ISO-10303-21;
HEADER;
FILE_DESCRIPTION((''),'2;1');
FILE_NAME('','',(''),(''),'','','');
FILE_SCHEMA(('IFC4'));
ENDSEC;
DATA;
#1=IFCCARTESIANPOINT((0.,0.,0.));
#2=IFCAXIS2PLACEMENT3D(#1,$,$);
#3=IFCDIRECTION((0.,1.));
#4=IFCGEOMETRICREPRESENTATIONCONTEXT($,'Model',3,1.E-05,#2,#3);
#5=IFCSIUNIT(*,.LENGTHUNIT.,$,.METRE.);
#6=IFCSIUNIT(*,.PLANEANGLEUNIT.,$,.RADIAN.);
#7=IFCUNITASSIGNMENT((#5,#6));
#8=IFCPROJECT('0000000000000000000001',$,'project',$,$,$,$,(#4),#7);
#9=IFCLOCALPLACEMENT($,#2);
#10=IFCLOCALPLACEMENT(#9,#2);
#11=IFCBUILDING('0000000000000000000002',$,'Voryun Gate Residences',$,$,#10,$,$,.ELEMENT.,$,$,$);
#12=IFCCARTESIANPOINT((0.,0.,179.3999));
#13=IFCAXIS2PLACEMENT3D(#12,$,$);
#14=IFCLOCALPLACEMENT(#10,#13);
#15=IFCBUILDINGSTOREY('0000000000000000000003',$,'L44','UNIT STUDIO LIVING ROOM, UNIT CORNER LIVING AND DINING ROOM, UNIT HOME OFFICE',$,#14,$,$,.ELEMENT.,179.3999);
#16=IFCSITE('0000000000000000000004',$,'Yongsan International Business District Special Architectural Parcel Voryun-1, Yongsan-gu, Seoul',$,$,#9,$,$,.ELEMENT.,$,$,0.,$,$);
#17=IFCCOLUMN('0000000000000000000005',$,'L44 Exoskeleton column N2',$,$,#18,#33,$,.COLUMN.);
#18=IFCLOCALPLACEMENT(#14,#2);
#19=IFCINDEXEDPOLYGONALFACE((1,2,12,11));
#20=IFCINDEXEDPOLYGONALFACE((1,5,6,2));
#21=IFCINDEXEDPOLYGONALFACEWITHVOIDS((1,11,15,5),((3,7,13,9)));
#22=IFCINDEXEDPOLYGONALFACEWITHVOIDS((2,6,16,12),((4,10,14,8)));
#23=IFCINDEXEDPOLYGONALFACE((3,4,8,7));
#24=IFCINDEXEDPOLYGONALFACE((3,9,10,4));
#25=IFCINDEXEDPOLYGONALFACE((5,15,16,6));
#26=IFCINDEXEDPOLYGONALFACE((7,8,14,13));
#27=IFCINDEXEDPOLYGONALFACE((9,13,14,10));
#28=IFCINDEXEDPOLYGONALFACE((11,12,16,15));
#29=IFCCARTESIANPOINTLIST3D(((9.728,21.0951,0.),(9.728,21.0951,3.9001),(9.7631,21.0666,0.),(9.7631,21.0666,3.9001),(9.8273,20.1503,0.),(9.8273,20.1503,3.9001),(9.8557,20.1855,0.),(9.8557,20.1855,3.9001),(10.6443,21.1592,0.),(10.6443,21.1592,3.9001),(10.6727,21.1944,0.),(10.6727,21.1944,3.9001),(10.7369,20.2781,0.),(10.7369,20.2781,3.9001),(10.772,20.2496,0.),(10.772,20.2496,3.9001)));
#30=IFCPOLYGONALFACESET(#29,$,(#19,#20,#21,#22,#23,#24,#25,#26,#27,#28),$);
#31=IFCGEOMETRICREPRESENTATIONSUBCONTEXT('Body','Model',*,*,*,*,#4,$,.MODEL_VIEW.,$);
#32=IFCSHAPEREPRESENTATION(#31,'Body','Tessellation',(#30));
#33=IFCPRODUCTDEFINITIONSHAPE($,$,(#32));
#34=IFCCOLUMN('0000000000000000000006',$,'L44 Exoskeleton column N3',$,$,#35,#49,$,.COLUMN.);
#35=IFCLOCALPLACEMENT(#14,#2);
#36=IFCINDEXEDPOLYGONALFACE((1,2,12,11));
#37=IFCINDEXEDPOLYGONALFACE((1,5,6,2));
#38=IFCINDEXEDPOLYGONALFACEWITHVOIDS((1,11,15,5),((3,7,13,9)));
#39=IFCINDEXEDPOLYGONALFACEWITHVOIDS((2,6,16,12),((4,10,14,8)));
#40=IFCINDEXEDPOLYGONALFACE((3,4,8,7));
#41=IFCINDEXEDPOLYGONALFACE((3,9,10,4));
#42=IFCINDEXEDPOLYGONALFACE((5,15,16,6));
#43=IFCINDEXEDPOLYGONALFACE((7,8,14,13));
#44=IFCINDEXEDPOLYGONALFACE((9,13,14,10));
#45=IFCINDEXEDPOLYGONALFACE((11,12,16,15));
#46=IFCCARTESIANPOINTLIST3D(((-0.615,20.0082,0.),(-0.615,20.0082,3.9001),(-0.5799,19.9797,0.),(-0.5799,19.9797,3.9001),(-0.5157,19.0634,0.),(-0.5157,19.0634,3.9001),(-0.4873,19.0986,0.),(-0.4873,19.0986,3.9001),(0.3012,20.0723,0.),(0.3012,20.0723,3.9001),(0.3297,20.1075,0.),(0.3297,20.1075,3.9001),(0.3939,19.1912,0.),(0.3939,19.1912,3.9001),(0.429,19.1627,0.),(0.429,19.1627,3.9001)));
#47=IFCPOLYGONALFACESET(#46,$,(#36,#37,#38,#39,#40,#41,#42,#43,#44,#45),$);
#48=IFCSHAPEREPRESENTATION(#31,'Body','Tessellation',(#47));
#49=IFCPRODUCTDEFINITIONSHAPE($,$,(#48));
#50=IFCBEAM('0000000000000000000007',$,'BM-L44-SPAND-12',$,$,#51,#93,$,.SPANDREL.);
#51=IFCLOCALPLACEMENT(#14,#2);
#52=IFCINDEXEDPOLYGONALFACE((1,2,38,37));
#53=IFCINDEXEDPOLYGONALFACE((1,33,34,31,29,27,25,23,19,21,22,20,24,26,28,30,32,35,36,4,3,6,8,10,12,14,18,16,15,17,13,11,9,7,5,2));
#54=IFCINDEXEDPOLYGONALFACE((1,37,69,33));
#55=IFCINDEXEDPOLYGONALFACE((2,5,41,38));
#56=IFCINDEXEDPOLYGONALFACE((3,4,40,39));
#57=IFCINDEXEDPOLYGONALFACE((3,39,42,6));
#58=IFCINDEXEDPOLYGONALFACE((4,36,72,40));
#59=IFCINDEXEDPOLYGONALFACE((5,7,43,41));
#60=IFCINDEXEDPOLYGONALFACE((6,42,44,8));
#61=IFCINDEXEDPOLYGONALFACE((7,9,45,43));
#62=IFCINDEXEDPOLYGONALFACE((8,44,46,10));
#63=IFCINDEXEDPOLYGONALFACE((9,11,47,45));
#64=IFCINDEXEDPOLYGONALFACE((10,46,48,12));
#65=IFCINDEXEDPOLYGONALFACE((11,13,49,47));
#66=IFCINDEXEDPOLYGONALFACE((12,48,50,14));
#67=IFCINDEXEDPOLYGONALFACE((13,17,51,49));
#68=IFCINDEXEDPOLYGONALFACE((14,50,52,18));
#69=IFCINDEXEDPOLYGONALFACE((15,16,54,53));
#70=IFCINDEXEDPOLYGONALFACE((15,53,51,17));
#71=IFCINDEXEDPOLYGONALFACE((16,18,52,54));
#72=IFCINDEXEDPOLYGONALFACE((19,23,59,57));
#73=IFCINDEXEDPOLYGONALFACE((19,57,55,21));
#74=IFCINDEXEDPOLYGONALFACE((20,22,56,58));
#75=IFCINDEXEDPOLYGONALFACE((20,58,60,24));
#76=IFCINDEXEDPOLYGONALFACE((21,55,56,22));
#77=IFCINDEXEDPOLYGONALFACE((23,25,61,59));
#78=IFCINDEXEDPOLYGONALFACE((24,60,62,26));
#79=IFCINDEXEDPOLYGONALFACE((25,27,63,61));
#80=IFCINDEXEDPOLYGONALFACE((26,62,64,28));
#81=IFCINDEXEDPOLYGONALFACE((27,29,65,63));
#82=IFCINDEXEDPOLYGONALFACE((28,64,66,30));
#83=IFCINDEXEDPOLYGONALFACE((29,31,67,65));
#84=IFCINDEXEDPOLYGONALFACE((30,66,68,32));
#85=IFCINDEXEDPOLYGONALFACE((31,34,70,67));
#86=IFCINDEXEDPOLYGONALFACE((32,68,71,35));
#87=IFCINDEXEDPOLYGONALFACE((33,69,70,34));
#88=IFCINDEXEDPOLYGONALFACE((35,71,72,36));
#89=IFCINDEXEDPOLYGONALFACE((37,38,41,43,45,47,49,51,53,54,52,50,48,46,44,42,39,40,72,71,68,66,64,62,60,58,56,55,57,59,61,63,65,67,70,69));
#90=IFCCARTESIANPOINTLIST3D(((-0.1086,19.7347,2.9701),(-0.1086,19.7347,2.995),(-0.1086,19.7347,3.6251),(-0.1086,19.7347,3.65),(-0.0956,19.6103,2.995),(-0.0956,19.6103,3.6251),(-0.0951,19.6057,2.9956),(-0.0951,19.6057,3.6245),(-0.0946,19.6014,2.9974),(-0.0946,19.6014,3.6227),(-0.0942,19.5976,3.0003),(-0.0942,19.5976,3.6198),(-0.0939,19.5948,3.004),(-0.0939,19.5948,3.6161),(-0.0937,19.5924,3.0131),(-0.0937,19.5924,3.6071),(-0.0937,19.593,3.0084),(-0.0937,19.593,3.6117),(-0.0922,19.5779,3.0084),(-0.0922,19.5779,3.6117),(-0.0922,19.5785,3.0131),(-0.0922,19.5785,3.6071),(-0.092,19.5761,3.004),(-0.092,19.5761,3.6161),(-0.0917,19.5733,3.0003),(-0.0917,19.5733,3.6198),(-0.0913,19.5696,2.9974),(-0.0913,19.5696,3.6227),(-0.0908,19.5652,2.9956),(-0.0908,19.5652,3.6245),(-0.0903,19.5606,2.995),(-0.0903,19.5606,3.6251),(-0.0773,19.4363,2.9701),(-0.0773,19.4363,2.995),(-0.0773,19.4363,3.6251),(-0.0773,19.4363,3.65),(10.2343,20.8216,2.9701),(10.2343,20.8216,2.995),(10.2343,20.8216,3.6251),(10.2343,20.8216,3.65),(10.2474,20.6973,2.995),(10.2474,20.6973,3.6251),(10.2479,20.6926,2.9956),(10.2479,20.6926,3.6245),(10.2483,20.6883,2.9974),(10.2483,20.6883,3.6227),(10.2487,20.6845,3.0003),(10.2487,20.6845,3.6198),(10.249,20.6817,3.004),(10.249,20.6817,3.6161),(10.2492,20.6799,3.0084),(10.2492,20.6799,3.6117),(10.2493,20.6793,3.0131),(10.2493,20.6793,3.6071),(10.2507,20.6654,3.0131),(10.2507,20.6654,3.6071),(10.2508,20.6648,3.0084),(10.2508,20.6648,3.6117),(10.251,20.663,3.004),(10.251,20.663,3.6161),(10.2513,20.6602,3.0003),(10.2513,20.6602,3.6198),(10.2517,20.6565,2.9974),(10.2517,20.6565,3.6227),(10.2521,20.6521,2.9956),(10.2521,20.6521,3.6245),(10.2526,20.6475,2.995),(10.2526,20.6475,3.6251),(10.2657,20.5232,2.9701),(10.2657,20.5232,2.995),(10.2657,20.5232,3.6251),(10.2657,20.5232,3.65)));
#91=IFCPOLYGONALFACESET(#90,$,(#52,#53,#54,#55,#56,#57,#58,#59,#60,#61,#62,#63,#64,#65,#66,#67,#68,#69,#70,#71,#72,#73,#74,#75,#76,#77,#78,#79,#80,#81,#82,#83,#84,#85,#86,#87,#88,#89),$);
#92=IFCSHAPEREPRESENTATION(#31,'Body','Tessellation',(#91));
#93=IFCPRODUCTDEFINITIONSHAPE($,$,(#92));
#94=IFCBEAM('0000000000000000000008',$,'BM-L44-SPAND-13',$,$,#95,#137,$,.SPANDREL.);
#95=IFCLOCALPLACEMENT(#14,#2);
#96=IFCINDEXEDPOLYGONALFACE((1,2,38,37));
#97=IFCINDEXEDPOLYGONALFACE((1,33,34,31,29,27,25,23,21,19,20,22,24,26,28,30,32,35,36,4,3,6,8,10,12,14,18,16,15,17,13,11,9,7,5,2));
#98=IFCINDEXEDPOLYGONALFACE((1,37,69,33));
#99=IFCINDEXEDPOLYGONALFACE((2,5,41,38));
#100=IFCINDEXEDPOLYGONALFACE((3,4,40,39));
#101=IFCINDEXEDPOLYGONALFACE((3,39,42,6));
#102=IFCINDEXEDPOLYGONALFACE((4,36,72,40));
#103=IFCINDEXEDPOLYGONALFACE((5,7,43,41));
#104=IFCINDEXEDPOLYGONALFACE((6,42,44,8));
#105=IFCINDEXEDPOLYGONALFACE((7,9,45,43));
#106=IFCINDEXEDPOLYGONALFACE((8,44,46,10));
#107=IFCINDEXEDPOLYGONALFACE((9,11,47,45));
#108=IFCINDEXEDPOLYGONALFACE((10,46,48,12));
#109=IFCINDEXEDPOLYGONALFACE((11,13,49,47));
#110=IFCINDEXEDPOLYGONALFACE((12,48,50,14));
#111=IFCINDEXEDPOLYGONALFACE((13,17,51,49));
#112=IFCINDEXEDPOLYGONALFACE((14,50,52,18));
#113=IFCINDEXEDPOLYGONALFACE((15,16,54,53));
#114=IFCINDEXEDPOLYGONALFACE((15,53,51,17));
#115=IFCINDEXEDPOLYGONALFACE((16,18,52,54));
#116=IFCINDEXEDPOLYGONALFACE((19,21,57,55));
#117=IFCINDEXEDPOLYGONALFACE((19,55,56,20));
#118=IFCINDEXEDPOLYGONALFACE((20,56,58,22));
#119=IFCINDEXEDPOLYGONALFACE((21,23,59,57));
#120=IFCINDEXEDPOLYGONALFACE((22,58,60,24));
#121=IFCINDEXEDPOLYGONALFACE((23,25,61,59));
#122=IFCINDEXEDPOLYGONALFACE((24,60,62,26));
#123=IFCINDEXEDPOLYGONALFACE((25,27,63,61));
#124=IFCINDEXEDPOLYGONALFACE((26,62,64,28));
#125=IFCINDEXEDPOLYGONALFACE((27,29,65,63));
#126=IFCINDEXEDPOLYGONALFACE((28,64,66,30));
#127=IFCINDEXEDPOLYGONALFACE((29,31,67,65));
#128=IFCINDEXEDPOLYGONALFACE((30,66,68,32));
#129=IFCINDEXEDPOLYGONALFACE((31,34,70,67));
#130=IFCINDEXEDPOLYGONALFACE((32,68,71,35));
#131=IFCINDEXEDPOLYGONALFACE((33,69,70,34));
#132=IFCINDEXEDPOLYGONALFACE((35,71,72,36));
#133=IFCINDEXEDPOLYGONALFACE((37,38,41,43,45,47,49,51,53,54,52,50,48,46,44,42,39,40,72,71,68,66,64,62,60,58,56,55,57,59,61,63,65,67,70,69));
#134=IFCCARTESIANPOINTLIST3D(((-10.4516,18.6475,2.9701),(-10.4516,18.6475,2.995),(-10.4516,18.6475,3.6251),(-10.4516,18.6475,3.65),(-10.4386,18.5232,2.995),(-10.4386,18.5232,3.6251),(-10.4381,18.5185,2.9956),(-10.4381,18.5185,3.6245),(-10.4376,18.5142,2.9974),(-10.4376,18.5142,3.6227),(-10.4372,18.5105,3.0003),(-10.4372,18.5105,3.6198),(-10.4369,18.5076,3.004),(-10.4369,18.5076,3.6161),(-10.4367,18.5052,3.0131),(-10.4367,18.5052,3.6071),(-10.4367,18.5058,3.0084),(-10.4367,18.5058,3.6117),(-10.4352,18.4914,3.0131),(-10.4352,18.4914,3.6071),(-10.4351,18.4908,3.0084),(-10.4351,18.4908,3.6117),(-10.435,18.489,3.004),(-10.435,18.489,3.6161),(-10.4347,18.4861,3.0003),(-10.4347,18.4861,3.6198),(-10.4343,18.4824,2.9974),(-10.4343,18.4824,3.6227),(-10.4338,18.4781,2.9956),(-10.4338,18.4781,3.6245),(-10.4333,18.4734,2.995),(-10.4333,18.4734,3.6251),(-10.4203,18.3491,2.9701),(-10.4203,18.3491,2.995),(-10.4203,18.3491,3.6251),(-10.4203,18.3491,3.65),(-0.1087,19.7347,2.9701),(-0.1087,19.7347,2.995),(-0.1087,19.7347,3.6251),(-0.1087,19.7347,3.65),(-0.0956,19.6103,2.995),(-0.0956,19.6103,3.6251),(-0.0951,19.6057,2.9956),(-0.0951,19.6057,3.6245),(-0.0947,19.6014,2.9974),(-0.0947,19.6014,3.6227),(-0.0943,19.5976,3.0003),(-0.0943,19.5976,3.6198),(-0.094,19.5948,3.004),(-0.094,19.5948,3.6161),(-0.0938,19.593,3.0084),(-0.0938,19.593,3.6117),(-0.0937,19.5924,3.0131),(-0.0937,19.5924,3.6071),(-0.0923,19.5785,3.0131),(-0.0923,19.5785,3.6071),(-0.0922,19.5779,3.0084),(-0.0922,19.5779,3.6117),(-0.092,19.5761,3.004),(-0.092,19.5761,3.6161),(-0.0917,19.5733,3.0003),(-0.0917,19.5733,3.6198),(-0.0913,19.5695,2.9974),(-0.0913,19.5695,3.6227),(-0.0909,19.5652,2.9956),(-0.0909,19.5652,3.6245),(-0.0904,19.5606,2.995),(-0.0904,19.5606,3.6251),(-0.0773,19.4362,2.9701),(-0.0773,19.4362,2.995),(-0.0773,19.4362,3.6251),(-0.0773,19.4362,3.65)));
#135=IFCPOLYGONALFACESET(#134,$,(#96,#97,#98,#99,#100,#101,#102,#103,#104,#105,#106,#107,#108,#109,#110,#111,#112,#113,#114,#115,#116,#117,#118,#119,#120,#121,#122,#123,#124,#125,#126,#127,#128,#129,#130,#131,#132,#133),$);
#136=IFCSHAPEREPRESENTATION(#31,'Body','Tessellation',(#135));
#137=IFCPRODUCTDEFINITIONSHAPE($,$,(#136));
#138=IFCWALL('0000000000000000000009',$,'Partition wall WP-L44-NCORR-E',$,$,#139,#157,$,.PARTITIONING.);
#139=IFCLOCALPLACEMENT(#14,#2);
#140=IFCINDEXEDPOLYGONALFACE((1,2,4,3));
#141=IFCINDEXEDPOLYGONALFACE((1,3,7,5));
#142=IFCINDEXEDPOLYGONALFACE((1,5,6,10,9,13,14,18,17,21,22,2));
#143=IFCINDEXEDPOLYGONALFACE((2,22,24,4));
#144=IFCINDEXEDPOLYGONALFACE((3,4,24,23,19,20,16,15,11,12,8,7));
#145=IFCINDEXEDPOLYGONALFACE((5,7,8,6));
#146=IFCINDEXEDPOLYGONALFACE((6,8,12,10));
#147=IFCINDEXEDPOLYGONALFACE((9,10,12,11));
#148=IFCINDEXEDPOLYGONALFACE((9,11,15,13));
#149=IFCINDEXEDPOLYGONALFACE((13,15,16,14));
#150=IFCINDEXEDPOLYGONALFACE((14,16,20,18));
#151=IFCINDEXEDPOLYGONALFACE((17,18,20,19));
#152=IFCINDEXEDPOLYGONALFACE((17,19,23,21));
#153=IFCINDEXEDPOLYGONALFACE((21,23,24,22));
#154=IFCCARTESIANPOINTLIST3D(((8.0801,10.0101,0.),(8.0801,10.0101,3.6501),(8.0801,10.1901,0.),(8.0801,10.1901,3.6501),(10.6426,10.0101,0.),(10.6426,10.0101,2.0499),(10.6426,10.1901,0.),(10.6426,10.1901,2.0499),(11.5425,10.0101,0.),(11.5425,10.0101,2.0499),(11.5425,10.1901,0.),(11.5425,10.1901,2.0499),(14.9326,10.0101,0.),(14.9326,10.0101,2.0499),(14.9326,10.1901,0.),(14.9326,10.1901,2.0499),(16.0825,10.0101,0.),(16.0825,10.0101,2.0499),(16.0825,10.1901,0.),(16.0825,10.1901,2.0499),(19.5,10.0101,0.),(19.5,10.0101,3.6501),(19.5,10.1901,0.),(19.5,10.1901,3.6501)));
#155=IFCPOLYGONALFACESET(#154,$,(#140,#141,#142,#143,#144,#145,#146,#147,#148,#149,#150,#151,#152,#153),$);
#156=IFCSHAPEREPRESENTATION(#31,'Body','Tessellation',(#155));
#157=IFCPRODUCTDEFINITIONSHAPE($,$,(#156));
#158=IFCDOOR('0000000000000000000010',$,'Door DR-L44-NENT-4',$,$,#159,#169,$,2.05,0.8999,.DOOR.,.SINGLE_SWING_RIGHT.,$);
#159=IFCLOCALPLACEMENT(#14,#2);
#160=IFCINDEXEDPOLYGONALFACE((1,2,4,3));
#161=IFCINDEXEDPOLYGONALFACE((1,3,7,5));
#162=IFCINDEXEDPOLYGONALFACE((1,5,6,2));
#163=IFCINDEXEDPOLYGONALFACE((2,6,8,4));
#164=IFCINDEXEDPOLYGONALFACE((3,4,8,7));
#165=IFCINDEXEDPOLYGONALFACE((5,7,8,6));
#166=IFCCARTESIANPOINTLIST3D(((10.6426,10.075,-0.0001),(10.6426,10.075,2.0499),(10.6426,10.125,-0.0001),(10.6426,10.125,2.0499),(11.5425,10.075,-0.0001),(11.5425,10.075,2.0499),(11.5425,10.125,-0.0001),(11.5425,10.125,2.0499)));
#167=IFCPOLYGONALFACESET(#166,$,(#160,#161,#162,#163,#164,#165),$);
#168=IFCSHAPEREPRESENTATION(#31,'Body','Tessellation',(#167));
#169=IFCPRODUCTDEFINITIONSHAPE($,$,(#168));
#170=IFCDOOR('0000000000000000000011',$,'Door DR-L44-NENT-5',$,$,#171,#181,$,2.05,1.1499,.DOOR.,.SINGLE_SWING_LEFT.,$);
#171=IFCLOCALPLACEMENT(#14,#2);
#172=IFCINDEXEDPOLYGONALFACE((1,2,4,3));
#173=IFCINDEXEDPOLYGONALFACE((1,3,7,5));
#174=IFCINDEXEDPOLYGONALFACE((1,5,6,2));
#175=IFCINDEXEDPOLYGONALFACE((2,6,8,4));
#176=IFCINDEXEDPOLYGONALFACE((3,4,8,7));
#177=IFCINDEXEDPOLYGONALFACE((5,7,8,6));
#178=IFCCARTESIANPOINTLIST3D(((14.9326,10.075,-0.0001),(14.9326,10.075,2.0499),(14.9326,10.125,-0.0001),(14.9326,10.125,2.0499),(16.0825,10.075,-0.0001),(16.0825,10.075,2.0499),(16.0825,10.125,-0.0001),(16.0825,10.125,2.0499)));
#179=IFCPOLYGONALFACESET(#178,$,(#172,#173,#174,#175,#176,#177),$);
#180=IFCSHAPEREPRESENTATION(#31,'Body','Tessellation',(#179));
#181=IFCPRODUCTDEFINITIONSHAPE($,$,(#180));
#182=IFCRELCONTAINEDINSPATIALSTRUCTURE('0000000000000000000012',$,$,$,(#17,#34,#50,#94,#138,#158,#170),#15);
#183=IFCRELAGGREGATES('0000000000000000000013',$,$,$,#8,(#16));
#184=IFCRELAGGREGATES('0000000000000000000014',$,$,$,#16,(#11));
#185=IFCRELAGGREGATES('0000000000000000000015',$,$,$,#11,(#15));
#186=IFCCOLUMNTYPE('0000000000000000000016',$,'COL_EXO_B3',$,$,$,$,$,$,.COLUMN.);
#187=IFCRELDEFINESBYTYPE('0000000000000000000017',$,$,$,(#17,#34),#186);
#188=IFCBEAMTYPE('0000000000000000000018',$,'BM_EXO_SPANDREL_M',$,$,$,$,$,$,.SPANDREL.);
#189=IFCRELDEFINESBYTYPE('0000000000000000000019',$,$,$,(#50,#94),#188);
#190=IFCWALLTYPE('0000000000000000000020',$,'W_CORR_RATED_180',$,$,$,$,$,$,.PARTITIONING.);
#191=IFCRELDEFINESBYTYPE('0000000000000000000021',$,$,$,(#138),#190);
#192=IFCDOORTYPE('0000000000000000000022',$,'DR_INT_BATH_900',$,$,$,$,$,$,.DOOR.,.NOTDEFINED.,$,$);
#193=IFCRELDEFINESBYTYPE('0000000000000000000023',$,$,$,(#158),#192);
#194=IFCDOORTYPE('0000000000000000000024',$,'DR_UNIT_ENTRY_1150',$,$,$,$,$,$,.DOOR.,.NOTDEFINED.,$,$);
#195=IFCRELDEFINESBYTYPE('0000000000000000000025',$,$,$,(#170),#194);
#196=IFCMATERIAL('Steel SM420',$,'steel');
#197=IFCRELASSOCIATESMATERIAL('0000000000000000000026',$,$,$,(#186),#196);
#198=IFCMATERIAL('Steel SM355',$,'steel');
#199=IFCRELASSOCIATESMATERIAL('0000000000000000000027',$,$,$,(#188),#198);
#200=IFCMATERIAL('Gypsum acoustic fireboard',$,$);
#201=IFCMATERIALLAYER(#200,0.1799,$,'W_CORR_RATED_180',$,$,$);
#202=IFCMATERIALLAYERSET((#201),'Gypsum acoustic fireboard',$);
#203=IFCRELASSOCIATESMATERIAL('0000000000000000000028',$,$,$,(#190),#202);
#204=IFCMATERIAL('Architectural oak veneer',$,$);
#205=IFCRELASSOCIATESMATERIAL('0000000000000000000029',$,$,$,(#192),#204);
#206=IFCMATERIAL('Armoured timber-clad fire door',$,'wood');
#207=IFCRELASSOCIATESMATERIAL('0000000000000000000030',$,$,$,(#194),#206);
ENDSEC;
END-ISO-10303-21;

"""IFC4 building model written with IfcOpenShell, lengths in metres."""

from ifc_helpers import new_model, si_unit, direction, frame, frame_2d, origin, origin_2d, place, context, subcontext, project, spatial, rectangle, hollow_rectangle, i_section, extrude, material, layer, layer_set, material_profile, profile_set, type_object, element, fill, save


model = new_model("IFC4")

# Units and contexts
model_context = context("Model", 3, precision=1e-05, world=origin(), true_north=direction((0.0, 1.0)))
body_context = subcontext(model_context, "Body", "Model", "MODEL_VIEW")
ifc_project = project(units=[si_unit("LENGTHUNIT", "METRE"), si_unit("PLANEANGLEUNIT", "RADIAN")], contexts=[model_context])

# Site, building, storey
site_placement = place(None, origin())
site = spatial("IfcSite", under=ifc_project, at=site_placement, Name="Yongsan International Business District Special Architectural Parcel Voryun-1, Yongsan-gu, Seoul", CompositionType="ELEMENT", RefElevation=0.0)
building_placement = place(site_placement, origin())
building = spatial("IfcBuilding", under=site, at=building_placement, Name="Voryun Gate Residences", CompositionType="ELEMENT")
storey_placement = place(building_placement, frame((0.0, 0.0, 179.3999)))
storey = spatial("IfcBuildingStorey", under=building, at=storey_placement, Name="L44", Description="UNIT STUDIO LIVING ROOM, UNIT CORNER LIVING AND DINING ROOM, UNIT HOME OFFICE", CompositionType="ELEMENT", Elevation=179.3999)

# Columns
ifc_material_1 = material(Name="Steel SM420", Category="steel")
ifc_material_profile_1 = material_profile(ifc_material_1, hollow_rectangle(XDim=0.95, YDim=0.95, WallThickness=0.032, at=origin_2d()), Name="BOX-950x950x32")
ifc_profile_set_1 = profile_set([ifc_material_profile_1], Name="Steel SM420")
column_type = type_object("IfcColumnType", Name="COL_EXO_B3", PredefinedType="COLUMN", material=ifc_profile_set_1)
for number, where, z_axis, x_axis, name in (
    (1, (10.25, 20.6724, 0.0), (0.0, 0.0, 1.0), (0.994522, 0.104528, 0.0), "L44 Exoskeleton column N2"),
    (2, (-0.093, 19.5854, 0.0), (0.0, 0.0, 1.0), (0.994522, 0.104528, 0.0), "L44 Exoskeleton column N3"),
):
    element("IfcColumn", number, at=place(storey_placement, frame(where, z_axis=z_axis, x_axis=x_axis)), inside=storey, type_object=column_type, Name=name, PredefinedType="COLUMN", context=body_context, shape_type="SweptSolid", body=[
        extrude(hollow_rectangle(XDim=0.95, YDim=0.95, WallThickness=0.032, at=origin_2d()), origin(), (0.0, 0.0, 1.0), 3.9001),
    ])

# Beams
ifc_material_2 = material(Name="Steel SM355", Category="steel")
ifc_material_profile_2 = material_profile(ifc_material_2, i_section(OverallWidth=0.3, OverallDepth=0.6799, WebThickness=0.0139, FlangeThickness=0.0249, FilletRadius=0.0181, at=origin_2d()), Name="H-680x300x14x25")
ifc_profile_set_2 = profile_set([ifc_material_profile_2], Name="Steel SM355")
beam_type = type_object("IfcBeamType", Name="BM_EXO_SPANDREL_M", PredefinedType="SPANDREL", material=ifc_profile_set_2)
for number, where, z_axis, x_axis, name in (
    (3, (10.25, 20.6724, 3.3101), (-0.994524, -0.104511, 0.0), (0.104511, -0.994524, 0.0), "BM-L44-SPAND-12"),
    (4, (-0.093, 19.5854, 3.3101), (-0.994521, -0.104534, 0.0), (0.104534, -0.994521, 0.0), "BM-L44-SPAND-13"),
):
    element("IfcBeam", number, at=place(storey_placement, frame(where, z_axis=z_axis, x_axis=x_axis)), inside=storey, type_object=beam_type, Name=name, PredefinedType="SPANDREL", context=body_context, shape_type="SweptSolid", body=[
        extrude(i_section(OverallWidth=0.3, OverallDepth=0.6799, WebThickness=0.0139, FlangeThickness=0.0249, FilletRadius=0.0181, at=origin_2d()), origin(), (0.0, 0.0, 1.0), 10.3999),
    ])

# Wall, openings, doors
ifc_material_3 = material(Name="Gypsum acoustic fireboard")
ifc_layer_1 = layer(ifc_material_3, 0.1799, Name="W_CORR_RATED_180")
ifc_layer_set_1 = layer_set([ifc_layer_1], Name="Gypsum acoustic fireboard")
wall_type_1 = type_object("IfcWallType", Name="W_CORR_RATED_180", PredefinedType="PARTITIONING", material=ifc_layer_set_1)
wall_1_placement = place(storey_placement, frame((8.0801, 10.1001, 0.0), z_axis=(0.0, 0.0, 1.0), x_axis=(1.0, 0.0, 0.0)))
wall_1 = element("IfcWall", 5, at=wall_1_placement, inside=storey, type_object=wall_type_1, Name="Partition wall WP-L44-NCORR-E", PredefinedType="PARTITIONING", context=body_context, shape_type="SweptSolid", body=[
    extrude(rectangle(XDim=11.4199, YDim=0.1799, at=frame_2d((5.71, 0.0))), origin(), (0.0, 0.0, 1.0), 3.6501),
])
opening_1_placement = place(wall_1_placement, frame((2.5625, 0.0, 0.0)))
opening_1 = element("IfcOpeningElement", 6, at=opening_1_placement, cuts=wall_1, PredefinedType="OPENING", context=body_context, shape_type="SweptSolid", body=[
    extrude(rectangle(XDim=0.8999, YDim=2.05, at=frame_2d((0.45, 1.0249))), frame((0.0, 0.0999, 0.0), z_axis=(0.0, -1.0, 0.0), x_axis=(1.0, 0.0, 0.0)), (0.0, 0.0, 1.0), 0.2),
])
opening_2_placement = place(wall_1_placement, frame((6.8525, 0.0, 0.0)))
opening_2 = element("IfcOpeningElement", 7, at=opening_2_placement, cuts=wall_1, PredefinedType="OPENING", context=body_context, shape_type="SweptSolid", body=[
    extrude(rectangle(XDim=1.1499, YDim=2.05, at=frame_2d((0.575, 1.0249))), frame((0.0, 0.0999, 0.0), z_axis=(0.0, -1.0, 0.0), x_axis=(1.0, 0.0, 0.0)), (0.0, 0.0, 1.0), 0.2),
])
ifc_material_4 = material(Name="Architectural oak veneer")
door_type_1 = type_object("IfcDoorType", Name="DR_INT_BATH_900", OperationType="NOTDEFINED", PredefinedType="DOOR", material=ifc_material_4)
door_1_placement = place(opening_1_placement, origin())
door_1 = element("IfcDoor", 8, at=door_1_placement, inside=storey, type_object=door_type_1, Name="Door DR-L44-NENT-4", OperationType="SINGLE_SWING_RIGHT", OverallHeight=2.05, OverallWidth=0.8999, PredefinedType="DOOR", context=body_context, shape_type="SweptSolid", body=[
    extrude(rectangle(XDim=0.8999, YDim=2.05, at=frame_2d((0.45, 1.0249))), frame((0.0, 0.0249, 0.0), z_axis=(0.0, -1.0, 0.0), x_axis=(1.0, 0.0, 0.0)), (0.0, 0.0, 1.0), 0.05),
])
fill(opening_1, door_1)
ifc_material_5 = material(Name="Armoured timber-clad fire door", Category="wood")
door_type_2 = type_object("IfcDoorType", Name="DR_UNIT_ENTRY_1150", OperationType="NOTDEFINED", PredefinedType="DOOR", material=ifc_material_5)
door_2_placement = place(opening_2_placement, origin())
door_2 = element("IfcDoor", 9, at=door_2_placement, inside=storey, type_object=door_type_2, Name="Door DR-L44-NENT-5", OperationType="SINGLE_SWING_LEFT", OverallHeight=2.05, OverallWidth=1.1499, PredefinedType="DOOR", context=body_context, shape_type="SweptSolid", body=[
    extrude(rectangle(XDim=1.1499, YDim=2.05, at=frame_2d((0.575, 1.0249))), frame((0.0, 0.0249, 0.0), z_axis=(0.0, -1.0, 0.0), x_axis=(1.0, 0.0, 0.0)), (0.0, 0.0, 1.0), 0.05),
])
fill(opening_2, door_2)

save(model, "model.ifc")
